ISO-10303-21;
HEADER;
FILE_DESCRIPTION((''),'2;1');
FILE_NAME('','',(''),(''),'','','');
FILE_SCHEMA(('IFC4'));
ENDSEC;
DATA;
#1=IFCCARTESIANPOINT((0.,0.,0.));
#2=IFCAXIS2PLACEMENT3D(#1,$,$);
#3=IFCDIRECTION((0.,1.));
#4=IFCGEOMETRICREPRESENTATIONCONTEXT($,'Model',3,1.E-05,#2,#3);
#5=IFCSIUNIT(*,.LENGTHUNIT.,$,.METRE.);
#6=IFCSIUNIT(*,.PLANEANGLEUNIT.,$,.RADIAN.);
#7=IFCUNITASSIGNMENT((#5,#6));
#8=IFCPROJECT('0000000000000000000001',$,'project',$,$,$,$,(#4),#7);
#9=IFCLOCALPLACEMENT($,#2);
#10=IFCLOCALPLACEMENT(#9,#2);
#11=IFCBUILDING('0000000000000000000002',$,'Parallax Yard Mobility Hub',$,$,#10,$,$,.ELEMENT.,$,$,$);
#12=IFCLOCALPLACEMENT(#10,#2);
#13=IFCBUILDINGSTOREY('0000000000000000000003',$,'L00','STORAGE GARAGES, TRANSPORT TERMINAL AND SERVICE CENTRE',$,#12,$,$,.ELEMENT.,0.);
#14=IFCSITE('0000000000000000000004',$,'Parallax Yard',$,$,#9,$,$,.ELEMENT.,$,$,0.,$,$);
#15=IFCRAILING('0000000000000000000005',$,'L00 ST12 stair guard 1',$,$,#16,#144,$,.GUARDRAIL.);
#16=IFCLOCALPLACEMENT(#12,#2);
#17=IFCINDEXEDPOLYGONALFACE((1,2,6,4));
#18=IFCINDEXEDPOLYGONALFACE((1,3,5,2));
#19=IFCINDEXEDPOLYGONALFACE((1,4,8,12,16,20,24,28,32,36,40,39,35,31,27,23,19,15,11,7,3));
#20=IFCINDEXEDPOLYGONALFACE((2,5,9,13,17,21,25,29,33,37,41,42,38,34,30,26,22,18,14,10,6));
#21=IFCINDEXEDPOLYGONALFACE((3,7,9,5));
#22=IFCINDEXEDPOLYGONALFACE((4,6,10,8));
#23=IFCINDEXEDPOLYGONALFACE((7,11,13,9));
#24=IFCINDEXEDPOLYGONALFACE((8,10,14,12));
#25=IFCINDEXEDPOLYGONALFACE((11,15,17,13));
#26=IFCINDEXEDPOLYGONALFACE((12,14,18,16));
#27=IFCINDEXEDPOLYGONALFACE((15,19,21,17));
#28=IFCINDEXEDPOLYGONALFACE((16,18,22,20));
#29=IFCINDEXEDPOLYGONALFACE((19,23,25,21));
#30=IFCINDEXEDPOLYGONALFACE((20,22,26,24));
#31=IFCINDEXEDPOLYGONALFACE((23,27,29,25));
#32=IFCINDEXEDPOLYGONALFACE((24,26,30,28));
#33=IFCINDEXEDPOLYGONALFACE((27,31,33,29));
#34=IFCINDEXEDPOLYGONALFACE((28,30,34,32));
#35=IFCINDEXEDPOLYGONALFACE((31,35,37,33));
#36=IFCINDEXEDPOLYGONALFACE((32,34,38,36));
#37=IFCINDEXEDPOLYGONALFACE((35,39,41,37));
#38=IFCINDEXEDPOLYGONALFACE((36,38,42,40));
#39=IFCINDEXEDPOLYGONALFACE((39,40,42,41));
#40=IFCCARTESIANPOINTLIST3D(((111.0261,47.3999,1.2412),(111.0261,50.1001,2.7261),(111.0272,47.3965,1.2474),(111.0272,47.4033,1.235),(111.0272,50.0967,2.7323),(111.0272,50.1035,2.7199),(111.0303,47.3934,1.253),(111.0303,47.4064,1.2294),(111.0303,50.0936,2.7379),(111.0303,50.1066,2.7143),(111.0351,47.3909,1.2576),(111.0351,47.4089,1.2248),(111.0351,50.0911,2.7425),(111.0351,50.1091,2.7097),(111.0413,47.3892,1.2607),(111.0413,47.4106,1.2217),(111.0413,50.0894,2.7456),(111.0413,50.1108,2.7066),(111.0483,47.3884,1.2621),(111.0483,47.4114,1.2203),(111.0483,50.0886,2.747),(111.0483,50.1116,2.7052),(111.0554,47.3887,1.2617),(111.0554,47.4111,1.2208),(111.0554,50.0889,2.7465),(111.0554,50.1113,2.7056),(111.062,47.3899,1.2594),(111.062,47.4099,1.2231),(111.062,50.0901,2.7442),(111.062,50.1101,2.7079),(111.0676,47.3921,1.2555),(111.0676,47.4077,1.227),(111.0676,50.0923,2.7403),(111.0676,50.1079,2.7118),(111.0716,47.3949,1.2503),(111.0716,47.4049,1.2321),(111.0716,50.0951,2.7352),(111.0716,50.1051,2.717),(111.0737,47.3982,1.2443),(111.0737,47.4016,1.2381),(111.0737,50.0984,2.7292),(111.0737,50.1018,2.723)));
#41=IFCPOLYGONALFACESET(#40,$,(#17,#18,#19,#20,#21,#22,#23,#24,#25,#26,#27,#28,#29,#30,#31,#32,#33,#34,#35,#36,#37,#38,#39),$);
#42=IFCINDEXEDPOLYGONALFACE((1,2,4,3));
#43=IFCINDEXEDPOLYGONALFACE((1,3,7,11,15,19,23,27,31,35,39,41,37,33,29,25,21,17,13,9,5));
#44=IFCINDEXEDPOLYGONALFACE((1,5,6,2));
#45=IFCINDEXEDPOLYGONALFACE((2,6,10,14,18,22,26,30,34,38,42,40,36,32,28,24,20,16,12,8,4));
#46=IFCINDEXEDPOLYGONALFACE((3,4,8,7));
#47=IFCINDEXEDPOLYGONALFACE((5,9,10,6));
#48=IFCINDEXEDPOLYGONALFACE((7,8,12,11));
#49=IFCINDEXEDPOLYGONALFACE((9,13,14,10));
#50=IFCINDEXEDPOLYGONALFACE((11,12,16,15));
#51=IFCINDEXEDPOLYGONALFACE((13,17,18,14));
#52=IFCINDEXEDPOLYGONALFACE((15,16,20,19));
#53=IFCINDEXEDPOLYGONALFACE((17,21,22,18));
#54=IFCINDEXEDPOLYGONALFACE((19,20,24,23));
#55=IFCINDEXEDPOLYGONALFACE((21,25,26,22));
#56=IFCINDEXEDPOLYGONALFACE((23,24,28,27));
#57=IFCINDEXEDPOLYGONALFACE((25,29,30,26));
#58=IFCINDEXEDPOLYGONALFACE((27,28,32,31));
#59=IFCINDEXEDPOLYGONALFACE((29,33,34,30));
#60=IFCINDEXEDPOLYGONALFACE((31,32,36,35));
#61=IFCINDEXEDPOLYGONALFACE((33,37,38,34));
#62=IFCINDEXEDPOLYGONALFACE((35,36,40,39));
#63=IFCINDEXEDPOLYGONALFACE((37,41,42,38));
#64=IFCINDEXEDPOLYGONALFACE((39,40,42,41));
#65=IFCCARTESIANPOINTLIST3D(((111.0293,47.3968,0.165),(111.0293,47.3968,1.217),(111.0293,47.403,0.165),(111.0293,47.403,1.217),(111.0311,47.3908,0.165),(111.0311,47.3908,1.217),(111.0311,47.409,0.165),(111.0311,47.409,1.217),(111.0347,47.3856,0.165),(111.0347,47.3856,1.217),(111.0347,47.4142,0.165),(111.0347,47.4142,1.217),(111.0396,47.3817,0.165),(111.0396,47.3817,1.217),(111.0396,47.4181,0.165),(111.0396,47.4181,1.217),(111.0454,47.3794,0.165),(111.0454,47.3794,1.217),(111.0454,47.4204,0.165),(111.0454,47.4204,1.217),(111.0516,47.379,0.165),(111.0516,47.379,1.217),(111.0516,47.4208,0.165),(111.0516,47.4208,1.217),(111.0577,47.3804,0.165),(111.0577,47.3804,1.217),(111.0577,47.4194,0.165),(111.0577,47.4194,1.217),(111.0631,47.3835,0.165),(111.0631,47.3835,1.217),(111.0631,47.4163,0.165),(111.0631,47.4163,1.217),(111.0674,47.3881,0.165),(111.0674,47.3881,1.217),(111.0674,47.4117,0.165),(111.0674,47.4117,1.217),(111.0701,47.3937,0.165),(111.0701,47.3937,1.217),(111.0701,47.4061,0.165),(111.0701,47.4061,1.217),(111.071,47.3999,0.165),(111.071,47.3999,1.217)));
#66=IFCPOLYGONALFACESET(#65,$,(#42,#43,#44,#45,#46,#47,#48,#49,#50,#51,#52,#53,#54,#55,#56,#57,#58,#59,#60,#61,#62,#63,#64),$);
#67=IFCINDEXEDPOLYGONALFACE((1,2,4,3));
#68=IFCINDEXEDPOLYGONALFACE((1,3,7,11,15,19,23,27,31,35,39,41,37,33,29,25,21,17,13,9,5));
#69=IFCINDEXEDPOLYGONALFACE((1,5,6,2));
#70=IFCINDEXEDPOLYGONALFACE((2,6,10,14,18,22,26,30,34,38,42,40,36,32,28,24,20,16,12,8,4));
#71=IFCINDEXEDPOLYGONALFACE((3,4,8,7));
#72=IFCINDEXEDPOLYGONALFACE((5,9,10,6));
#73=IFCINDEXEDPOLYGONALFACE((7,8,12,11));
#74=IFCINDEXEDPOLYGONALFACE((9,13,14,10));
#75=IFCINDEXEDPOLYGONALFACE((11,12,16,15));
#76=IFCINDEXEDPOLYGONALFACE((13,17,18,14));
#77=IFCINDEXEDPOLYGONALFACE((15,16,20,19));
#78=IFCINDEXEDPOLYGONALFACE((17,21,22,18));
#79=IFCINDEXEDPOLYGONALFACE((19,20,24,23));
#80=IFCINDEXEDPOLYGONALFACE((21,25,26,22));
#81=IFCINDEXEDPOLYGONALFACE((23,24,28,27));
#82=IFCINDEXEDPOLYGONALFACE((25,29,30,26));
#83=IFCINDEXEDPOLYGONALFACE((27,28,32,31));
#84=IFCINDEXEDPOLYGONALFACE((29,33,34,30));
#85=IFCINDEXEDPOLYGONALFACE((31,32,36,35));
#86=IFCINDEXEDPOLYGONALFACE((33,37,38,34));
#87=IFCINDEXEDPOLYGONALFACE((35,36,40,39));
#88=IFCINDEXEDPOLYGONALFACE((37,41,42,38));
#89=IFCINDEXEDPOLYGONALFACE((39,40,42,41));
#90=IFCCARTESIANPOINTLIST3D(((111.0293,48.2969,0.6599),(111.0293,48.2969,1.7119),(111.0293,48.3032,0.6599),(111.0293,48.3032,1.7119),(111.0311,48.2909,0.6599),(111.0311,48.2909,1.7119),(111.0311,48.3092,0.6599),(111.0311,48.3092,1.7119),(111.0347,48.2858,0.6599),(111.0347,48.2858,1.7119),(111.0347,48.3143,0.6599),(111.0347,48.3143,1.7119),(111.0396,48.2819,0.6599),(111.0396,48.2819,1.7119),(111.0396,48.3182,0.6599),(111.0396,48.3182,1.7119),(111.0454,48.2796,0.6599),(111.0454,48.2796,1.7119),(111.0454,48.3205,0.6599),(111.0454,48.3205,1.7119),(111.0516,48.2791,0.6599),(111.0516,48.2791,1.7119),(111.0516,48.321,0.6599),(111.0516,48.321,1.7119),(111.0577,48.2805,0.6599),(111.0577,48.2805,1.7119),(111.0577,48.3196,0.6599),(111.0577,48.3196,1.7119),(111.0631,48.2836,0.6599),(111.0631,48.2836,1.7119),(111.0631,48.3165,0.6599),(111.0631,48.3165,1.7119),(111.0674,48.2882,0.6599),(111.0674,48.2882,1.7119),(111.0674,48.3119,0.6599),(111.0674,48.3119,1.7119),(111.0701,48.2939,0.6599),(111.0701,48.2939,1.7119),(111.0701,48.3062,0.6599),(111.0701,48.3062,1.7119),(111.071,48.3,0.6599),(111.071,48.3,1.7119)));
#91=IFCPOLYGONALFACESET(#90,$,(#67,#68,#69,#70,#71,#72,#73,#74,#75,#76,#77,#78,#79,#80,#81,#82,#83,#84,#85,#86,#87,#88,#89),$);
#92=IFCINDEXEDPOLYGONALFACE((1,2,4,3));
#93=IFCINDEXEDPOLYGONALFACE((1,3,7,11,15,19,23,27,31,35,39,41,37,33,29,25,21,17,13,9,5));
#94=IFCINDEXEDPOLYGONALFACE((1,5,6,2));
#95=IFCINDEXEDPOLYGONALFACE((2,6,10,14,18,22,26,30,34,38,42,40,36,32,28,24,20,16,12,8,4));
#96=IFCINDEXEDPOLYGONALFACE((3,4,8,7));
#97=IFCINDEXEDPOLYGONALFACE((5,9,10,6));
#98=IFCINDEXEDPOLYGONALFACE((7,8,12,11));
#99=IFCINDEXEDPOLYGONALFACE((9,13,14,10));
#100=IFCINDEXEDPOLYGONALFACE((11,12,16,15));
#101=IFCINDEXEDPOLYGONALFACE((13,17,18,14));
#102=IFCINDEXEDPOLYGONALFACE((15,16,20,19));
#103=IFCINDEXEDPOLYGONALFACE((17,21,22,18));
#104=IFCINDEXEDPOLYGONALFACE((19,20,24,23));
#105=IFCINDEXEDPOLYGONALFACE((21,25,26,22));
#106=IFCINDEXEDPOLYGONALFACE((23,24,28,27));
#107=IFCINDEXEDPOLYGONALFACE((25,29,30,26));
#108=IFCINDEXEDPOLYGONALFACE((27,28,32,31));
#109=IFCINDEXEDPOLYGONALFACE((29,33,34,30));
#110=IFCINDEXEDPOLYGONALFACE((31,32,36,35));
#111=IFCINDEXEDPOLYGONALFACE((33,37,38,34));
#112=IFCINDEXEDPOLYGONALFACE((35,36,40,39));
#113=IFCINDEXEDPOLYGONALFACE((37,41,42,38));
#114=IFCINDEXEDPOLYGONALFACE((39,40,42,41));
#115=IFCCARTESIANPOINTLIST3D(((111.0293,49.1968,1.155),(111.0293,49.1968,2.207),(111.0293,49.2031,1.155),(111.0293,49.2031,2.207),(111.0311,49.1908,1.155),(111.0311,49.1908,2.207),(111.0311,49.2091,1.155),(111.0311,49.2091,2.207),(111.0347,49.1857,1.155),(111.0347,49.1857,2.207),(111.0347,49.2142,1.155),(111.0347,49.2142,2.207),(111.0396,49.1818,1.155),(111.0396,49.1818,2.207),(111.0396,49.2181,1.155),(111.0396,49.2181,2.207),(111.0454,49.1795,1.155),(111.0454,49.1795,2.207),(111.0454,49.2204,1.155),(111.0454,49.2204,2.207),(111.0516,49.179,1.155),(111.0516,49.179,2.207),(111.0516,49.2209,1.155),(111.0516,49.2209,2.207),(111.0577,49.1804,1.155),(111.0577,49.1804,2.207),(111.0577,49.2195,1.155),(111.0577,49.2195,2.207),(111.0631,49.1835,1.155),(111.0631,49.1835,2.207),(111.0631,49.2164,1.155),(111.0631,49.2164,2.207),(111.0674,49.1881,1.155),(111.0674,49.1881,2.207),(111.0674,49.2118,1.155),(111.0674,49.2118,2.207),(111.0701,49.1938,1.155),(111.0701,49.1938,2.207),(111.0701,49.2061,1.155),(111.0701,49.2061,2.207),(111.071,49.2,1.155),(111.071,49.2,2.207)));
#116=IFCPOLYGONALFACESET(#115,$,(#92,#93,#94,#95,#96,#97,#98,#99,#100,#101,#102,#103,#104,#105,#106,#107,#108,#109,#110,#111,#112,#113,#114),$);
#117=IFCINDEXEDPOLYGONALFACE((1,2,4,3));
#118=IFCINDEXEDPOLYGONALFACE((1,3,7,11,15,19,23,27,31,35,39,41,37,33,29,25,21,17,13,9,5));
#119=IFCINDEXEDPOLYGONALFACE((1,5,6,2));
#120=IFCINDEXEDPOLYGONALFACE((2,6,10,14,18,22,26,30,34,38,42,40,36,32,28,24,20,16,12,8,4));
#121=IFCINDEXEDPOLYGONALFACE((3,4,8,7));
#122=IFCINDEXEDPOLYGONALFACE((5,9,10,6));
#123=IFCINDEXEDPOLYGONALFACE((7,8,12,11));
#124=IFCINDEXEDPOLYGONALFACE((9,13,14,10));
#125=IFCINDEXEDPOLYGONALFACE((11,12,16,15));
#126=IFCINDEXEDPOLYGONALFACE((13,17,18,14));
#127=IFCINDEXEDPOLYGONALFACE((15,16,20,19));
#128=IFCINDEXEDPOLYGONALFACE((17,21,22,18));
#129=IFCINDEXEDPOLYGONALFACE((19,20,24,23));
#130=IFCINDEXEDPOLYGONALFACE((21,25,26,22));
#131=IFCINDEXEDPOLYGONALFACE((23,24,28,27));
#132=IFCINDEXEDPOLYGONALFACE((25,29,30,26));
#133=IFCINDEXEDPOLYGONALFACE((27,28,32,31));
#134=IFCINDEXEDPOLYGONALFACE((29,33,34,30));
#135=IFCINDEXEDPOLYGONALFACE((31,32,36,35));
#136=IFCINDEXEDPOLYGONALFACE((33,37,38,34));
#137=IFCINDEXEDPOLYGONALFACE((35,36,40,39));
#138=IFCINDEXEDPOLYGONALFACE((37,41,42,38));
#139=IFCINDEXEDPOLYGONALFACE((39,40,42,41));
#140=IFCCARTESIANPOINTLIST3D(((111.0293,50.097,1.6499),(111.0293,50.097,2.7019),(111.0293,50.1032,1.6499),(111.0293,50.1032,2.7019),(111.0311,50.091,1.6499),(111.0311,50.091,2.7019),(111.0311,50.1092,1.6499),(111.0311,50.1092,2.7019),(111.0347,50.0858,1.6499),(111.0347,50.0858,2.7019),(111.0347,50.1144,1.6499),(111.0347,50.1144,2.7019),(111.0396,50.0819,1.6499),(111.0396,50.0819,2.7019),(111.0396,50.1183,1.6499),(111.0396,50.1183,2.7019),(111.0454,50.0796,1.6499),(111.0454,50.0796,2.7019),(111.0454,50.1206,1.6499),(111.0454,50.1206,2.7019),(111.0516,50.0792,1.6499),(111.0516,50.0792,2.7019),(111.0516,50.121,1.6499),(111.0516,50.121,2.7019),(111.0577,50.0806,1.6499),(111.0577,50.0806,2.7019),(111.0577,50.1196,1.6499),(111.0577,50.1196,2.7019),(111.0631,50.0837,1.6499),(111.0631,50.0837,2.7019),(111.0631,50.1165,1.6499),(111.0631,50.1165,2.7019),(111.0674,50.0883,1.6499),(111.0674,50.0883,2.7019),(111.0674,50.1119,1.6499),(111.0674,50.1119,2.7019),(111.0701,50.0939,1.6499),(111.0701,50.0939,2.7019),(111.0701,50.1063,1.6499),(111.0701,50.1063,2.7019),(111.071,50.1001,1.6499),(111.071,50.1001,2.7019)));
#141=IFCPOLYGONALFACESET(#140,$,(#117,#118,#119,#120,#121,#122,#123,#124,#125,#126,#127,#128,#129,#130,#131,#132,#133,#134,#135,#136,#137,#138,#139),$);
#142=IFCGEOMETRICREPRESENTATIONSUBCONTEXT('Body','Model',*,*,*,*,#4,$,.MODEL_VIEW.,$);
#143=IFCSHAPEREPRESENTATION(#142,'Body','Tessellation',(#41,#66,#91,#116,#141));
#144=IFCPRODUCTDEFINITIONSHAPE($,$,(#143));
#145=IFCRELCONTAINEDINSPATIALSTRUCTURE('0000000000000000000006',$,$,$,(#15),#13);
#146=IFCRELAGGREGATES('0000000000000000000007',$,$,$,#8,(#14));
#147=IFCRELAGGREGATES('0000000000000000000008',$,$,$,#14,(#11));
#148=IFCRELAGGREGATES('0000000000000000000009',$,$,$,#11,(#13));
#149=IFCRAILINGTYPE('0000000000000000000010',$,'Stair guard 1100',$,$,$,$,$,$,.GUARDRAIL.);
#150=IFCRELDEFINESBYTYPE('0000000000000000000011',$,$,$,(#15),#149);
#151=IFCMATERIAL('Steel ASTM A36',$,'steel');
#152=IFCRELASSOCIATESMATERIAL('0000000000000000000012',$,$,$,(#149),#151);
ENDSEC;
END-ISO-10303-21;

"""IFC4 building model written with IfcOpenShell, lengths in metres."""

from ifc_helpers import new_model, si_unit, direction, frame, origin, origin_2d, place, context, subcontext, project, spatial, circle, extrude, material, type_object, element, save


model = new_model("IFC4")

# Units and contexts
model_context = context("Model", 3, precision=1e-05, world=origin(), true_north=direction((0.0, 1.0)))
body_context = subcontext(model_context, "Body", "Model", "MODEL_VIEW")
ifc_project = project(units=[si_unit("LENGTHUNIT", "METRE"), si_unit("PLANEANGLEUNIT", "RADIAN")], contexts=[model_context])

# Site, building, storey
site_placement = place(None, origin())
site = spatial("IfcSite", under=ifc_project, at=site_placement, Name="Parallax Yard", CompositionType="ELEMENT", RefElevation=0.0)
building_placement = place(site_placement, origin())
building = spatial("IfcBuilding", under=site, at=building_placement, Name="Parallax Yard Mobility Hub", CompositionType="ELEMENT")
storey_placement = place(building_placement, origin())
storey = spatial("IfcBuildingStorey", under=building, at=storey_placement, Name="L00", Description="STORAGE GARAGES, TRANSPORT TERMINAL AND SERVICE CENTRE", CompositionType="ELEMENT", Elevation=0.0)

# Railing
ifc_material_1 = material(Name="Steel ASTM A36", Category="steel")
railing_type_1 = type_object("IfcRailingType", Name="Stair guard 1100", PredefinedType="GUARDRAIL", material=ifc_material_1)
railing_1_placement = place(storey_placement, frame((111.05, 47.3999, 0.165)))
element("IfcRailing", 1, at=railing_1_placement, inside=storey, type_object=railing_type_1, Name="L00 ST12 stair guard 1", PredefinedType="GUARDRAIL", context=body_context, shape_type="SweptSolid", body=[
    extrude(circle(Radius=0.0239, at=origin_2d()), frame((0.0, 0.0, 1.0762), z_axis=(0.0, 0.876249, 0.481858), x_axis=(-1.0, 0.0, 0.0)), (0.0, 0.0, 1.0), 3.0815),
    extrude(circle(Radius=0.021, at=origin_2d()), origin(), (0.0, 0.0, 1.0), 1.052),
    extrude(circle(Radius=0.021, at=origin_2d()), frame((0.0, 0.9001, 0.4949)), (0.0, 0.0, 1.0), 1.052),
    extrude(circle(Radius=0.021, at=origin_2d()), frame((0.0, 1.8, 0.99)), (0.0, 0.0, 1.0), 1.052),
    extrude(circle(Radius=0.021, at=origin_2d()), frame((0.0, 2.7002, 1.4849)), (0.0, 0.0, 1.0), 1.052),
])

save(model, "model.ifc")
